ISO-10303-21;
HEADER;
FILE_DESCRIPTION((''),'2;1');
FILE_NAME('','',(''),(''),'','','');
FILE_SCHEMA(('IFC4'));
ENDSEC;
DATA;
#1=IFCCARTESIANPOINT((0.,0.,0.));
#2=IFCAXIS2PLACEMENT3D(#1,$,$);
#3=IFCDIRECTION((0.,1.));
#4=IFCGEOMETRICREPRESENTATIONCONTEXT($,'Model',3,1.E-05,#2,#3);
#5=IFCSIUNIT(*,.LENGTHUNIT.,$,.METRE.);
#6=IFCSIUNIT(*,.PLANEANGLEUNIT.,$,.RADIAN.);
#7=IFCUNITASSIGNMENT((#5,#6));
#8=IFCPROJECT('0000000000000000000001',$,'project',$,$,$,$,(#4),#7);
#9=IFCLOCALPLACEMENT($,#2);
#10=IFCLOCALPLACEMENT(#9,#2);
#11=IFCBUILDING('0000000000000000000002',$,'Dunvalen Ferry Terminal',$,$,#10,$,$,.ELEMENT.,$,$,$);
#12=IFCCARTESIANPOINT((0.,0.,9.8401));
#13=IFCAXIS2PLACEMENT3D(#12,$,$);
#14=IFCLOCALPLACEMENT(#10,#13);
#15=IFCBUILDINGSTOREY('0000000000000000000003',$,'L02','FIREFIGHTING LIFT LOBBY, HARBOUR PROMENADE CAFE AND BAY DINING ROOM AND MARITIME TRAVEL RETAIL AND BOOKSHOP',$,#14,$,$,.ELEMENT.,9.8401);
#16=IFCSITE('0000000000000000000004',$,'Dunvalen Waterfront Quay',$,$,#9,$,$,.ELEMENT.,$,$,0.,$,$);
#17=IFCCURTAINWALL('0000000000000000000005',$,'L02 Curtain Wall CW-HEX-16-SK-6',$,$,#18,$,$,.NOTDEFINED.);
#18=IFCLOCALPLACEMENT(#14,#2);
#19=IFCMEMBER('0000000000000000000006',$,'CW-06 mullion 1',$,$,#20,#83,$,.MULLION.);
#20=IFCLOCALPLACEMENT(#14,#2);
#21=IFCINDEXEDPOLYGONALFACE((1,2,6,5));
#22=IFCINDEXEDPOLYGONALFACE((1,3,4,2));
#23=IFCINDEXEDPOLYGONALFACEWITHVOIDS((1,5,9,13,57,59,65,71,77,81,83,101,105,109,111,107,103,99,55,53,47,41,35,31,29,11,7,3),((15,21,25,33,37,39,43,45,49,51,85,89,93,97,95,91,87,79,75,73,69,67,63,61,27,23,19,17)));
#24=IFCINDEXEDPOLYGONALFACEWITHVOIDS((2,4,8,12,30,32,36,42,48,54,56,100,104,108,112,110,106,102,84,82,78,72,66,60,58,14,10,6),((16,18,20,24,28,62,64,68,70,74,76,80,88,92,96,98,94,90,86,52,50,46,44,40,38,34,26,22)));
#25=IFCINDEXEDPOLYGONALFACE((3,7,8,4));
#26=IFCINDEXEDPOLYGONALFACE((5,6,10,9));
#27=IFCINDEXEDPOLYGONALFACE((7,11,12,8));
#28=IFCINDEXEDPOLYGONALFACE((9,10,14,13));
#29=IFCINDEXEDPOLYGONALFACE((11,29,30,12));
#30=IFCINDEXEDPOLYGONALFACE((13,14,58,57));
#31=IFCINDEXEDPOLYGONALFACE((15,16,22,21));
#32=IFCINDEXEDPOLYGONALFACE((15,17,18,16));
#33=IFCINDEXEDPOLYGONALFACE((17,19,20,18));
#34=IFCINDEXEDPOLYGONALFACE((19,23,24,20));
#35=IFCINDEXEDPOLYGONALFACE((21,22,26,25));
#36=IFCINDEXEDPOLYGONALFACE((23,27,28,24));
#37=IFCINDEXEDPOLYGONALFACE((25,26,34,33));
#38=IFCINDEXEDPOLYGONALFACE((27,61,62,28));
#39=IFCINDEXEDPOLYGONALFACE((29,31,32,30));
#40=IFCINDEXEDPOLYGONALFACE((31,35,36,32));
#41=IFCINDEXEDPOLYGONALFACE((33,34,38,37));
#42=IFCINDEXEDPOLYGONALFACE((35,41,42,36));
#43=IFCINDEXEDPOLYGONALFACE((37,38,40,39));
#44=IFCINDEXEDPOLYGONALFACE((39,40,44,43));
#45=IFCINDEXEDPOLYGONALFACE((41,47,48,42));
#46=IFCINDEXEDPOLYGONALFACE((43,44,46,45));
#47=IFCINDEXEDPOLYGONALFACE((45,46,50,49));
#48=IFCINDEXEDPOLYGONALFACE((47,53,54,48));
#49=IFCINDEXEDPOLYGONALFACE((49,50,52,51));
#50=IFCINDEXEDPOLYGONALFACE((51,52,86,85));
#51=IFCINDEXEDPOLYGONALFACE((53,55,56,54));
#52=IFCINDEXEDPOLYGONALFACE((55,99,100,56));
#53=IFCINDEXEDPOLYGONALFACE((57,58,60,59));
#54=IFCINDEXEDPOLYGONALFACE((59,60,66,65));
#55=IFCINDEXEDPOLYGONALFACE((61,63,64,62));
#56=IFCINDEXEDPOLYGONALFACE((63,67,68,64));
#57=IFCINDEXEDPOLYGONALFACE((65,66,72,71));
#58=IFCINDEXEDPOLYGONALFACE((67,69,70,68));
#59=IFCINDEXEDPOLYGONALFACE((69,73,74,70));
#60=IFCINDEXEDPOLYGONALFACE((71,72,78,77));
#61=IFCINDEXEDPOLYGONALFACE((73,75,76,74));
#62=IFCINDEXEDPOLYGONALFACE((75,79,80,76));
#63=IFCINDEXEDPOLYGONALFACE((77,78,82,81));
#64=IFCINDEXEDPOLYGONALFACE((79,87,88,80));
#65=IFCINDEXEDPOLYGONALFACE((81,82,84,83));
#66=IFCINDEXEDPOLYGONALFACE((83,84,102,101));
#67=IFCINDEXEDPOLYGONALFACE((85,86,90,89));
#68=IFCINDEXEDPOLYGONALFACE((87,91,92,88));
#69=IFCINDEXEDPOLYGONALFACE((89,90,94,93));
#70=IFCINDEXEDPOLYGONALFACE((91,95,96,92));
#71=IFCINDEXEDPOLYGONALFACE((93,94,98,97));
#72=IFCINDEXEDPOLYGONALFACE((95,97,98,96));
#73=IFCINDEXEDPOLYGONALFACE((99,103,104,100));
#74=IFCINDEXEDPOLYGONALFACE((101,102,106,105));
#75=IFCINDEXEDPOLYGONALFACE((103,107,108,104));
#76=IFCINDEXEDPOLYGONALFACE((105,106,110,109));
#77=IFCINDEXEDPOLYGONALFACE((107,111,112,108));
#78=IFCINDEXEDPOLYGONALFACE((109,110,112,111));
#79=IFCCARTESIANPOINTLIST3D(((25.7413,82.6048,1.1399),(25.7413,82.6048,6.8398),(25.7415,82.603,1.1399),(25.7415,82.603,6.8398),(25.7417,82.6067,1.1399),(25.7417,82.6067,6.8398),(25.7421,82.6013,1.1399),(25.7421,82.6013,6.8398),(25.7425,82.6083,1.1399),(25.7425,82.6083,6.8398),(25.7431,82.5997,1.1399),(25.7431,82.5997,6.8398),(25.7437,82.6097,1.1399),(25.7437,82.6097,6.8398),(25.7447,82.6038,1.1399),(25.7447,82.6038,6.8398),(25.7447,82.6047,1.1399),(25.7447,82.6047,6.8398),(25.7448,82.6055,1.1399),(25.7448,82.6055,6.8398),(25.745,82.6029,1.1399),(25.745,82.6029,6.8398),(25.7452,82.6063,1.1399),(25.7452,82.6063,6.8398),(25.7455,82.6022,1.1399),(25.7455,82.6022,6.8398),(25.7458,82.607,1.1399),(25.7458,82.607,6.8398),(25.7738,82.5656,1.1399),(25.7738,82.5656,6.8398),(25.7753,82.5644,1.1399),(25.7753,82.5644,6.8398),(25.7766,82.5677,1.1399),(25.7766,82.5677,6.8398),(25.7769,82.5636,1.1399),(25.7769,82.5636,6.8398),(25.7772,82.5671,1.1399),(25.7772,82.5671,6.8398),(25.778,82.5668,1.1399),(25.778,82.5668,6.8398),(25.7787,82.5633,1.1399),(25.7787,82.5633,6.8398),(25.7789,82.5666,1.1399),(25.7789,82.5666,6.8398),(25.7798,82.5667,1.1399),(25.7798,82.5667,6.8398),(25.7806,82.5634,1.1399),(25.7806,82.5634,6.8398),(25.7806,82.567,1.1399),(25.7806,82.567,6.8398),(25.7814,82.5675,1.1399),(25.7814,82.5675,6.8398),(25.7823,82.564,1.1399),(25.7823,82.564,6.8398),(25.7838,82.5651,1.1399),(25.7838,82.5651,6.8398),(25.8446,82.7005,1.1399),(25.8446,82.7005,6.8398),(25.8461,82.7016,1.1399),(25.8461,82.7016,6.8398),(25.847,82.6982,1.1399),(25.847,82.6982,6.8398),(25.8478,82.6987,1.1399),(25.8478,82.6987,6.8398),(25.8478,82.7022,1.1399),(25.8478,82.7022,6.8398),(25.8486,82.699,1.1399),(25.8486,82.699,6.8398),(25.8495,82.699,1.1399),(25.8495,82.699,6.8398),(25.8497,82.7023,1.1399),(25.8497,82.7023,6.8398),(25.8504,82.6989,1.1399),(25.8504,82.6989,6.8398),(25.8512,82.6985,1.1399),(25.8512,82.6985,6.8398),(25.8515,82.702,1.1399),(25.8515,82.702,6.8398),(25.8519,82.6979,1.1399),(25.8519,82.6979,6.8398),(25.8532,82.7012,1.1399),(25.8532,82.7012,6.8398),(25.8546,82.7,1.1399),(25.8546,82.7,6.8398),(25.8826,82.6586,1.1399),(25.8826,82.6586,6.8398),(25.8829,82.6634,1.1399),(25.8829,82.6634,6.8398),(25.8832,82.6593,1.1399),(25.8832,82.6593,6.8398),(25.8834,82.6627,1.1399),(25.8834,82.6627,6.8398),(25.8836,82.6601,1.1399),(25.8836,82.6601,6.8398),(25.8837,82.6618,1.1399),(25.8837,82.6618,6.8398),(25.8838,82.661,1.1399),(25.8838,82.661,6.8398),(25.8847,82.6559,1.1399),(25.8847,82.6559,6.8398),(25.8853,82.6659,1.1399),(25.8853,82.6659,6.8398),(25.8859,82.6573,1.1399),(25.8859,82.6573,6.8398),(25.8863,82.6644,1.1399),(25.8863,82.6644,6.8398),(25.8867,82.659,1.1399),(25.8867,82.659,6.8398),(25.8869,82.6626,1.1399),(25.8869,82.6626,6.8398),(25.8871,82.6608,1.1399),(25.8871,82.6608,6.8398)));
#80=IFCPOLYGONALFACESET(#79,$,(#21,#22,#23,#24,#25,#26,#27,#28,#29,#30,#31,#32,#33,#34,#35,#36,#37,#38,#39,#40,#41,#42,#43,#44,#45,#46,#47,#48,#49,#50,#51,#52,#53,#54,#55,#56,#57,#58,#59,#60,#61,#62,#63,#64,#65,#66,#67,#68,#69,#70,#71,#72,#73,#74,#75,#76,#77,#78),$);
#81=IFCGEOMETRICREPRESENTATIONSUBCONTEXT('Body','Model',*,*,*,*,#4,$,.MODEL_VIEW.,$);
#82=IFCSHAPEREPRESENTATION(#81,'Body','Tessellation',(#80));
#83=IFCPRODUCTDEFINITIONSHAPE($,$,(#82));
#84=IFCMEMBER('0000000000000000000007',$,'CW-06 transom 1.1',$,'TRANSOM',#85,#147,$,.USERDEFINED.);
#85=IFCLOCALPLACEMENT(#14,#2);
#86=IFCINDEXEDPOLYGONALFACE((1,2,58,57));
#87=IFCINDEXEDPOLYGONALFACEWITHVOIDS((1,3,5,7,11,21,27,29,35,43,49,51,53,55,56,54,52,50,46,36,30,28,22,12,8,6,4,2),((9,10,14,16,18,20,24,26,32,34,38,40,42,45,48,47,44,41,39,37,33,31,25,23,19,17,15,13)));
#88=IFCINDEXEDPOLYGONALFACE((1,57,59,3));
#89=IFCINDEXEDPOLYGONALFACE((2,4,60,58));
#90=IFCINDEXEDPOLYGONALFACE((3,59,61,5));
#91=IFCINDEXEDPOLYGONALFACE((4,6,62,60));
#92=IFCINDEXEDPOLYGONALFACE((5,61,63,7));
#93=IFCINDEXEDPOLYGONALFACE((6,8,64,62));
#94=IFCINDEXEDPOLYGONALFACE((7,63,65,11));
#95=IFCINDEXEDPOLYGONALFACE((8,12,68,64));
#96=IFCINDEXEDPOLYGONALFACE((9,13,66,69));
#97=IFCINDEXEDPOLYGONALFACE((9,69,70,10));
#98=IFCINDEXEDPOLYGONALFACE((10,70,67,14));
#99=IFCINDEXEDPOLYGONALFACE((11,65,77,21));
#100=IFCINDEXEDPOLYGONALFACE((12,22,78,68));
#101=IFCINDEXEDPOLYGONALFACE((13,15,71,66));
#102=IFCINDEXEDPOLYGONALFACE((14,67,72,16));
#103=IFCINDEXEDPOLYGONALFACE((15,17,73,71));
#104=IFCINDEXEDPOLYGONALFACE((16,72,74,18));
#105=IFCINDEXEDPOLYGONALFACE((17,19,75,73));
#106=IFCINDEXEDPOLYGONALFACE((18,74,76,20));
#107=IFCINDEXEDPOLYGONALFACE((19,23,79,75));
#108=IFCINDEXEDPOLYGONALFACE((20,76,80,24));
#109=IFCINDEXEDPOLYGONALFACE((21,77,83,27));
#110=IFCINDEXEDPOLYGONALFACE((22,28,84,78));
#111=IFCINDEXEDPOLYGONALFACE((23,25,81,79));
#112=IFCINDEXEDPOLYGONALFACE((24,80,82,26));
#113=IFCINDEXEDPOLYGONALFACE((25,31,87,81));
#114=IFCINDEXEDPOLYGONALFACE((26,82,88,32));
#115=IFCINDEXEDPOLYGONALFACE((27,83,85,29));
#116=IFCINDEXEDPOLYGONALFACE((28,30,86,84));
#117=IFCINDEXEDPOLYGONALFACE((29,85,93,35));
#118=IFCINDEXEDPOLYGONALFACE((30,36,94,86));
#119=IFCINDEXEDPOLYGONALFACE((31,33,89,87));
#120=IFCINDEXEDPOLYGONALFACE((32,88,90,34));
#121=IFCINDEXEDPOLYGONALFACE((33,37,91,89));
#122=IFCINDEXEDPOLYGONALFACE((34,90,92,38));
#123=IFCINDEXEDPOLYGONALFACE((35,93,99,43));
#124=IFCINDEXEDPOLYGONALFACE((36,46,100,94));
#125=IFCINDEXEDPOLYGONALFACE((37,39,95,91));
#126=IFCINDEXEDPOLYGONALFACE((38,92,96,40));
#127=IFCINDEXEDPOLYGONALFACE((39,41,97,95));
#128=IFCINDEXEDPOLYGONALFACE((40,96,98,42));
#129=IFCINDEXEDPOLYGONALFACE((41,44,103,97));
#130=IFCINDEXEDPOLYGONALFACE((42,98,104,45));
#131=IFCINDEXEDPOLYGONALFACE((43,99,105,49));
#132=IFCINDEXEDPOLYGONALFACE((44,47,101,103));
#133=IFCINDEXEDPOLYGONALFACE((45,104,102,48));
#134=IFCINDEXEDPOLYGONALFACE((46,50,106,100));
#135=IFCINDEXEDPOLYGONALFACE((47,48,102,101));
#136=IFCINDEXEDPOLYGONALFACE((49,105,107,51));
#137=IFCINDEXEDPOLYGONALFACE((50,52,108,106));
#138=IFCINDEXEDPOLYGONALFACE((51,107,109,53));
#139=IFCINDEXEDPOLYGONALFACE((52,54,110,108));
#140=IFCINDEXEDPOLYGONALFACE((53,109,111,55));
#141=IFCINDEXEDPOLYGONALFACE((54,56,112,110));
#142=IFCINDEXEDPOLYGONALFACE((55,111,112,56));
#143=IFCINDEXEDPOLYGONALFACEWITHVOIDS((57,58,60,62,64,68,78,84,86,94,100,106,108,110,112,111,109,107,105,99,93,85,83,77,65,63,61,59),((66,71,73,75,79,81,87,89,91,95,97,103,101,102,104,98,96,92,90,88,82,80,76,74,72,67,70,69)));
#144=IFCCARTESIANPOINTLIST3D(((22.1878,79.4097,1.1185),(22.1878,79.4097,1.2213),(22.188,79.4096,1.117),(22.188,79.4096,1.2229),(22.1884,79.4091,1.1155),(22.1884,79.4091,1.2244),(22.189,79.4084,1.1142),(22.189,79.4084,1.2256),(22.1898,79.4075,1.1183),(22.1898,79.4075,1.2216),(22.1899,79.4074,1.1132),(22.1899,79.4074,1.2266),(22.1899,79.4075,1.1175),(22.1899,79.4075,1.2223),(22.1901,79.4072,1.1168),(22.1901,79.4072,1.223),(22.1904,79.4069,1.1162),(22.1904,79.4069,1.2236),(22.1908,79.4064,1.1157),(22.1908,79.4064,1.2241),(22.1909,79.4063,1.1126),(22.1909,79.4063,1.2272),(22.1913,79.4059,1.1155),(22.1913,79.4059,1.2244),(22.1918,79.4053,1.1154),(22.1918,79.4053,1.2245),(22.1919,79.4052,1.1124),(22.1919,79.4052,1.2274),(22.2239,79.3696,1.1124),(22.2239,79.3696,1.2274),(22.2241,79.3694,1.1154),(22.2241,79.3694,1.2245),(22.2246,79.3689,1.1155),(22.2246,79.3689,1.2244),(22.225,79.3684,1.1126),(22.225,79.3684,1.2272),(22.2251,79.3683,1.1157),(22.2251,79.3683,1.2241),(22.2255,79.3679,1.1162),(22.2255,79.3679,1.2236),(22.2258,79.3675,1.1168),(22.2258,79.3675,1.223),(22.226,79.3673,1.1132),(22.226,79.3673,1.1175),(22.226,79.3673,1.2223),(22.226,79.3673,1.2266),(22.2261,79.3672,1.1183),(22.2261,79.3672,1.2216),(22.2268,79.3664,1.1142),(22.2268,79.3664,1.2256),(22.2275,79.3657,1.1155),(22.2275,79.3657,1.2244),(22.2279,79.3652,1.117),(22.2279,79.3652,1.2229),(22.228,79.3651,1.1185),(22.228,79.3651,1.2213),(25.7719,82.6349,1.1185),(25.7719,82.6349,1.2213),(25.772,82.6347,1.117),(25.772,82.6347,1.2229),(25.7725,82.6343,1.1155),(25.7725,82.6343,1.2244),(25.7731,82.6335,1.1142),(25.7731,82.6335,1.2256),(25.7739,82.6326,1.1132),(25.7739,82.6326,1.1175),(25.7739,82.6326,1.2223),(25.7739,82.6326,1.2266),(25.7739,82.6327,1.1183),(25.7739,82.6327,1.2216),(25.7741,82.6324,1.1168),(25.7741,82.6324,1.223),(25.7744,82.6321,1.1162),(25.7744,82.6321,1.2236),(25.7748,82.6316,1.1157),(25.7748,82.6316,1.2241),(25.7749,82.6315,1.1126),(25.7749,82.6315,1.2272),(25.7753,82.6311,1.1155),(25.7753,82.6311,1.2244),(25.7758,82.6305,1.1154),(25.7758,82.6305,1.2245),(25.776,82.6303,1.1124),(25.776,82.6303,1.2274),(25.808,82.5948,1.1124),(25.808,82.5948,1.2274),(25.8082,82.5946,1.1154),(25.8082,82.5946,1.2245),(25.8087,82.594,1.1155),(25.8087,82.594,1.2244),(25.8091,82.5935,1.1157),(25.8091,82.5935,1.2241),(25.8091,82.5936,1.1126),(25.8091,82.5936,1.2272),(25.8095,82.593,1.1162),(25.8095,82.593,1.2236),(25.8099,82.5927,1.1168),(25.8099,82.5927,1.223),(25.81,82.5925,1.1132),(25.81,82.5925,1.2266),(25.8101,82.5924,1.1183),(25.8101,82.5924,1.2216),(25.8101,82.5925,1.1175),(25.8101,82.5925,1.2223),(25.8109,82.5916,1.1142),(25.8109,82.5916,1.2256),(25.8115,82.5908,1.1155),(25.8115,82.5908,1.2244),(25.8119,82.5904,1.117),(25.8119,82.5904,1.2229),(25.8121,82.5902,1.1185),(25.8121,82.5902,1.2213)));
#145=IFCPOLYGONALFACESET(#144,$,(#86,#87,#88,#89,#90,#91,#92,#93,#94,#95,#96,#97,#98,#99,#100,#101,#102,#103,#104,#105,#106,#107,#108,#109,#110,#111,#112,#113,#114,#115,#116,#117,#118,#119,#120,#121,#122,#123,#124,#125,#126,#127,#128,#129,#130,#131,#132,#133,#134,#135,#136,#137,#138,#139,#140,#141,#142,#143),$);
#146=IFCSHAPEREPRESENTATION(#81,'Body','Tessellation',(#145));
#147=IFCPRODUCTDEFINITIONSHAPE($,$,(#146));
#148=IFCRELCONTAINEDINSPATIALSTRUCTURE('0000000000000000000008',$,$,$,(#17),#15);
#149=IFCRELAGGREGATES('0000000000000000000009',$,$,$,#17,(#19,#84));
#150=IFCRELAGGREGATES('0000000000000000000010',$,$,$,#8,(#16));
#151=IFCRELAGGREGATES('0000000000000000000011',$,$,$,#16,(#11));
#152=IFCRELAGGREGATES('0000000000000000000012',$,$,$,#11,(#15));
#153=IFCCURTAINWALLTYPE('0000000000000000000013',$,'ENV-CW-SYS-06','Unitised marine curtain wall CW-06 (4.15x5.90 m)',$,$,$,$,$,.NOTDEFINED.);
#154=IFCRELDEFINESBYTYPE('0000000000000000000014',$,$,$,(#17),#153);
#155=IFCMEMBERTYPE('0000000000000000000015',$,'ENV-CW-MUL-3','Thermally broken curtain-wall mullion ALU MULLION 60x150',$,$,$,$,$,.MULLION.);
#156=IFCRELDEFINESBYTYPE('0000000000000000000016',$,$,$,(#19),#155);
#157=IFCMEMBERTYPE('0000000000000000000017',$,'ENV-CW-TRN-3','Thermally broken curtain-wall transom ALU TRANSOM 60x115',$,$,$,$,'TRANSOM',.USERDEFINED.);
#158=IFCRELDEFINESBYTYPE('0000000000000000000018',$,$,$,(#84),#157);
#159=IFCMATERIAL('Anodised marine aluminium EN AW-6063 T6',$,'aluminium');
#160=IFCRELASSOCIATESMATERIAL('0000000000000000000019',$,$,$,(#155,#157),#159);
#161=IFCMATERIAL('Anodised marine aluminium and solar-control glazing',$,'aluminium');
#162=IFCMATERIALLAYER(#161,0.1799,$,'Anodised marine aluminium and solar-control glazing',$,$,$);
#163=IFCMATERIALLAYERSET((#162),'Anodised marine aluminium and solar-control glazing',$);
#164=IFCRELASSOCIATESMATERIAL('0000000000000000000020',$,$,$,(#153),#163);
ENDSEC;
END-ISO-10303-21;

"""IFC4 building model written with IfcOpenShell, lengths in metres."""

from ifc_helpers import new_model, si_unit, direction, frame, origin, origin_2d, place, context, subcontext, project, spatial, hollow_rectangle, extrude, material, layer, layer_set, material_profile, profile_set, type_object, element, aggregate, save


model = new_model("IFC4")

# Units and contexts
model_context = context("Model", 3, precision=1e-05, world=origin(), true_north=direction((0.0, 1.0)))
body_context = subcontext(model_context, "Body", "Model", "MODEL_VIEW")
ifc_project = project(units=[si_unit("LENGTHUNIT", "METRE"), si_unit("PLANEANGLEUNIT", "RADIAN")], contexts=[model_context])

# Site, building, storey
site_placement = place(None, origin())
site = spatial("IfcSite", under=ifc_project, at=site_placement, Name="Dunvalen Waterfront Quay", CompositionType="ELEMENT", RefElevation=0.0)
building_placement = place(site_placement, origin())
building = spatial("IfcBuilding", under=site, at=building_placement, Name="Dunvalen Ferry Terminal", CompositionType="ELEMENT")
storey_placement = place(building_placement, frame((0.0, 0.0, 9.8401)))
storey = spatial("IfcBuildingStorey", under=building, at=storey_placement, Name="L02", Description="FIREFIGHTING LIFT LOBBY, HARBOUR PROMENADE CAFE AND BAY DINING ROOM AND MARITIME TRAVEL RETAIL AND BOOKSHOP", CompositionType="ELEMENT", Elevation=9.8401)

# Shared definitions
ifc_material_1 = material(Name="Anodised marine aluminium and solar-control glazing", Category="aluminium")
ifc_material_2 = material(Name="Anodised marine aluminium EN AW-6063 T6", Category="aluminium")
ifc_material_profile_1 = material_profile(ifc_material_2, hollow_rectangle(XDim=0.0601, YDim=0.1499, WallThickness=0.0034, InnerFilletRadius=0.0034, OuterFilletRadius=0.0071, at=origin_2d()), Name="Anodised marine aluminium EN AW-6063 T6")
ifc_profile_set_1 = profile_set([ifc_material_profile_1], Name="Anodised marine aluminium EN AW-6063 T6")
member_type_1 = type_object("IfcMemberType", Name="ENV-CW-MUL-3", Description="Thermally broken curtain-wall mullion ALU MULLION 60x150", PredefinedType="MULLION", material=ifc_profile_set_1)
ifc_layer_1 = layer(ifc_material_1, 0.1799, Name="Anodised marine aluminium and solar-control glazing")
ifc_layer_set_1 = layer_set([ifc_layer_1], Name="Anodised marine aluminium and solar-control glazing")
curtain_wall_type_1 = type_object("IfcCurtainWallType", Name="ENV-CW-SYS-06", Description="Unitised marine curtain wall CW-06 (4.15x5.90 m)", PredefinedType="NOTDEFINED", material=ifc_layer_set_1)

# Curtain wall, members
curtain_wall_1_placement = place(storey_placement, origin())
curtain_wall_1 = element("IfcCurtainWall", 1, at=curtain_wall_1_placement, inside=storey, type_object=curtain_wall_type_1, Name="L02 Curtain Wall CW-HEX-16-SK-6", PredefinedType="NOTDEFINED")
member_1_placement = place(storey_placement, frame((25.8142, 82.6328, 1.1399), z_axis=(0.0, 0.0, 1.0), x_axis=(0.668954, -0.743304, 0.0)))
member_1 = element("IfcMember", 2, at=member_1_placement, type_object=member_type_1, Name="CW-06 mullion 1", PredefinedType="MULLION", context=body_context, shape_type="SweptSolid", body=[
    extrude(hollow_rectangle(XDim=0.0601, YDim=0.1499, WallThickness=0.0034, InnerFilletRadius=0.0034, OuterFilletRadius=0.0071, at=origin_2d()), origin(), (0.0, 0.0, 1.0), 5.7),
])
ifc_material_profile_2 = material_profile(ifc_material_2, hollow_rectangle(XDim=0.0601, YDim=0.115, WallThickness=0.0029, InnerFilletRadius=0.0029, OuterFilletRadius=0.0061, at=origin_2d()), Name="Anodised marine aluminium EN AW-6063 T6")
ifc_profile_set_2 = profile_set([ifc_material_profile_2], Name="Anodised marine aluminium EN AW-6063 T6")
member_type_2 = type_object("IfcMemberType", Name="ENV-CW-TRN-3", Description="Thermally broken curtain-wall transom ALU TRANSOM 60x115", ElementType="TRANSOM", PredefinedType="USERDEFINED", material=ifc_profile_set_2)
member_2_placement = place(storey_placement, frame((25.792, 82.6125, 1.1699), z_axis=(-0.743345, -0.668909, 0.0), x_axis=(0.668909, -0.743345, 0.0)))
member_2 = element("IfcMember", 3, at=member_2_placement, type_object=member_type_2, Name="CW-06 transom 1.1", ObjectType="TRANSOM", PredefinedType="USERDEFINED", context=body_context, shape_type="SweptSolid", body=[
    extrude(hollow_rectangle(XDim=0.0601, YDim=0.115, WallThickness=0.0029, InnerFilletRadius=0.0029, OuterFilletRadius=0.0061, at=origin_2d()), origin(), (0.0, 0.0, 1.0), 4.8215),
])

aggregate(curtain_wall_1, [member_1, member_2])

save(model, "model.ifc")
